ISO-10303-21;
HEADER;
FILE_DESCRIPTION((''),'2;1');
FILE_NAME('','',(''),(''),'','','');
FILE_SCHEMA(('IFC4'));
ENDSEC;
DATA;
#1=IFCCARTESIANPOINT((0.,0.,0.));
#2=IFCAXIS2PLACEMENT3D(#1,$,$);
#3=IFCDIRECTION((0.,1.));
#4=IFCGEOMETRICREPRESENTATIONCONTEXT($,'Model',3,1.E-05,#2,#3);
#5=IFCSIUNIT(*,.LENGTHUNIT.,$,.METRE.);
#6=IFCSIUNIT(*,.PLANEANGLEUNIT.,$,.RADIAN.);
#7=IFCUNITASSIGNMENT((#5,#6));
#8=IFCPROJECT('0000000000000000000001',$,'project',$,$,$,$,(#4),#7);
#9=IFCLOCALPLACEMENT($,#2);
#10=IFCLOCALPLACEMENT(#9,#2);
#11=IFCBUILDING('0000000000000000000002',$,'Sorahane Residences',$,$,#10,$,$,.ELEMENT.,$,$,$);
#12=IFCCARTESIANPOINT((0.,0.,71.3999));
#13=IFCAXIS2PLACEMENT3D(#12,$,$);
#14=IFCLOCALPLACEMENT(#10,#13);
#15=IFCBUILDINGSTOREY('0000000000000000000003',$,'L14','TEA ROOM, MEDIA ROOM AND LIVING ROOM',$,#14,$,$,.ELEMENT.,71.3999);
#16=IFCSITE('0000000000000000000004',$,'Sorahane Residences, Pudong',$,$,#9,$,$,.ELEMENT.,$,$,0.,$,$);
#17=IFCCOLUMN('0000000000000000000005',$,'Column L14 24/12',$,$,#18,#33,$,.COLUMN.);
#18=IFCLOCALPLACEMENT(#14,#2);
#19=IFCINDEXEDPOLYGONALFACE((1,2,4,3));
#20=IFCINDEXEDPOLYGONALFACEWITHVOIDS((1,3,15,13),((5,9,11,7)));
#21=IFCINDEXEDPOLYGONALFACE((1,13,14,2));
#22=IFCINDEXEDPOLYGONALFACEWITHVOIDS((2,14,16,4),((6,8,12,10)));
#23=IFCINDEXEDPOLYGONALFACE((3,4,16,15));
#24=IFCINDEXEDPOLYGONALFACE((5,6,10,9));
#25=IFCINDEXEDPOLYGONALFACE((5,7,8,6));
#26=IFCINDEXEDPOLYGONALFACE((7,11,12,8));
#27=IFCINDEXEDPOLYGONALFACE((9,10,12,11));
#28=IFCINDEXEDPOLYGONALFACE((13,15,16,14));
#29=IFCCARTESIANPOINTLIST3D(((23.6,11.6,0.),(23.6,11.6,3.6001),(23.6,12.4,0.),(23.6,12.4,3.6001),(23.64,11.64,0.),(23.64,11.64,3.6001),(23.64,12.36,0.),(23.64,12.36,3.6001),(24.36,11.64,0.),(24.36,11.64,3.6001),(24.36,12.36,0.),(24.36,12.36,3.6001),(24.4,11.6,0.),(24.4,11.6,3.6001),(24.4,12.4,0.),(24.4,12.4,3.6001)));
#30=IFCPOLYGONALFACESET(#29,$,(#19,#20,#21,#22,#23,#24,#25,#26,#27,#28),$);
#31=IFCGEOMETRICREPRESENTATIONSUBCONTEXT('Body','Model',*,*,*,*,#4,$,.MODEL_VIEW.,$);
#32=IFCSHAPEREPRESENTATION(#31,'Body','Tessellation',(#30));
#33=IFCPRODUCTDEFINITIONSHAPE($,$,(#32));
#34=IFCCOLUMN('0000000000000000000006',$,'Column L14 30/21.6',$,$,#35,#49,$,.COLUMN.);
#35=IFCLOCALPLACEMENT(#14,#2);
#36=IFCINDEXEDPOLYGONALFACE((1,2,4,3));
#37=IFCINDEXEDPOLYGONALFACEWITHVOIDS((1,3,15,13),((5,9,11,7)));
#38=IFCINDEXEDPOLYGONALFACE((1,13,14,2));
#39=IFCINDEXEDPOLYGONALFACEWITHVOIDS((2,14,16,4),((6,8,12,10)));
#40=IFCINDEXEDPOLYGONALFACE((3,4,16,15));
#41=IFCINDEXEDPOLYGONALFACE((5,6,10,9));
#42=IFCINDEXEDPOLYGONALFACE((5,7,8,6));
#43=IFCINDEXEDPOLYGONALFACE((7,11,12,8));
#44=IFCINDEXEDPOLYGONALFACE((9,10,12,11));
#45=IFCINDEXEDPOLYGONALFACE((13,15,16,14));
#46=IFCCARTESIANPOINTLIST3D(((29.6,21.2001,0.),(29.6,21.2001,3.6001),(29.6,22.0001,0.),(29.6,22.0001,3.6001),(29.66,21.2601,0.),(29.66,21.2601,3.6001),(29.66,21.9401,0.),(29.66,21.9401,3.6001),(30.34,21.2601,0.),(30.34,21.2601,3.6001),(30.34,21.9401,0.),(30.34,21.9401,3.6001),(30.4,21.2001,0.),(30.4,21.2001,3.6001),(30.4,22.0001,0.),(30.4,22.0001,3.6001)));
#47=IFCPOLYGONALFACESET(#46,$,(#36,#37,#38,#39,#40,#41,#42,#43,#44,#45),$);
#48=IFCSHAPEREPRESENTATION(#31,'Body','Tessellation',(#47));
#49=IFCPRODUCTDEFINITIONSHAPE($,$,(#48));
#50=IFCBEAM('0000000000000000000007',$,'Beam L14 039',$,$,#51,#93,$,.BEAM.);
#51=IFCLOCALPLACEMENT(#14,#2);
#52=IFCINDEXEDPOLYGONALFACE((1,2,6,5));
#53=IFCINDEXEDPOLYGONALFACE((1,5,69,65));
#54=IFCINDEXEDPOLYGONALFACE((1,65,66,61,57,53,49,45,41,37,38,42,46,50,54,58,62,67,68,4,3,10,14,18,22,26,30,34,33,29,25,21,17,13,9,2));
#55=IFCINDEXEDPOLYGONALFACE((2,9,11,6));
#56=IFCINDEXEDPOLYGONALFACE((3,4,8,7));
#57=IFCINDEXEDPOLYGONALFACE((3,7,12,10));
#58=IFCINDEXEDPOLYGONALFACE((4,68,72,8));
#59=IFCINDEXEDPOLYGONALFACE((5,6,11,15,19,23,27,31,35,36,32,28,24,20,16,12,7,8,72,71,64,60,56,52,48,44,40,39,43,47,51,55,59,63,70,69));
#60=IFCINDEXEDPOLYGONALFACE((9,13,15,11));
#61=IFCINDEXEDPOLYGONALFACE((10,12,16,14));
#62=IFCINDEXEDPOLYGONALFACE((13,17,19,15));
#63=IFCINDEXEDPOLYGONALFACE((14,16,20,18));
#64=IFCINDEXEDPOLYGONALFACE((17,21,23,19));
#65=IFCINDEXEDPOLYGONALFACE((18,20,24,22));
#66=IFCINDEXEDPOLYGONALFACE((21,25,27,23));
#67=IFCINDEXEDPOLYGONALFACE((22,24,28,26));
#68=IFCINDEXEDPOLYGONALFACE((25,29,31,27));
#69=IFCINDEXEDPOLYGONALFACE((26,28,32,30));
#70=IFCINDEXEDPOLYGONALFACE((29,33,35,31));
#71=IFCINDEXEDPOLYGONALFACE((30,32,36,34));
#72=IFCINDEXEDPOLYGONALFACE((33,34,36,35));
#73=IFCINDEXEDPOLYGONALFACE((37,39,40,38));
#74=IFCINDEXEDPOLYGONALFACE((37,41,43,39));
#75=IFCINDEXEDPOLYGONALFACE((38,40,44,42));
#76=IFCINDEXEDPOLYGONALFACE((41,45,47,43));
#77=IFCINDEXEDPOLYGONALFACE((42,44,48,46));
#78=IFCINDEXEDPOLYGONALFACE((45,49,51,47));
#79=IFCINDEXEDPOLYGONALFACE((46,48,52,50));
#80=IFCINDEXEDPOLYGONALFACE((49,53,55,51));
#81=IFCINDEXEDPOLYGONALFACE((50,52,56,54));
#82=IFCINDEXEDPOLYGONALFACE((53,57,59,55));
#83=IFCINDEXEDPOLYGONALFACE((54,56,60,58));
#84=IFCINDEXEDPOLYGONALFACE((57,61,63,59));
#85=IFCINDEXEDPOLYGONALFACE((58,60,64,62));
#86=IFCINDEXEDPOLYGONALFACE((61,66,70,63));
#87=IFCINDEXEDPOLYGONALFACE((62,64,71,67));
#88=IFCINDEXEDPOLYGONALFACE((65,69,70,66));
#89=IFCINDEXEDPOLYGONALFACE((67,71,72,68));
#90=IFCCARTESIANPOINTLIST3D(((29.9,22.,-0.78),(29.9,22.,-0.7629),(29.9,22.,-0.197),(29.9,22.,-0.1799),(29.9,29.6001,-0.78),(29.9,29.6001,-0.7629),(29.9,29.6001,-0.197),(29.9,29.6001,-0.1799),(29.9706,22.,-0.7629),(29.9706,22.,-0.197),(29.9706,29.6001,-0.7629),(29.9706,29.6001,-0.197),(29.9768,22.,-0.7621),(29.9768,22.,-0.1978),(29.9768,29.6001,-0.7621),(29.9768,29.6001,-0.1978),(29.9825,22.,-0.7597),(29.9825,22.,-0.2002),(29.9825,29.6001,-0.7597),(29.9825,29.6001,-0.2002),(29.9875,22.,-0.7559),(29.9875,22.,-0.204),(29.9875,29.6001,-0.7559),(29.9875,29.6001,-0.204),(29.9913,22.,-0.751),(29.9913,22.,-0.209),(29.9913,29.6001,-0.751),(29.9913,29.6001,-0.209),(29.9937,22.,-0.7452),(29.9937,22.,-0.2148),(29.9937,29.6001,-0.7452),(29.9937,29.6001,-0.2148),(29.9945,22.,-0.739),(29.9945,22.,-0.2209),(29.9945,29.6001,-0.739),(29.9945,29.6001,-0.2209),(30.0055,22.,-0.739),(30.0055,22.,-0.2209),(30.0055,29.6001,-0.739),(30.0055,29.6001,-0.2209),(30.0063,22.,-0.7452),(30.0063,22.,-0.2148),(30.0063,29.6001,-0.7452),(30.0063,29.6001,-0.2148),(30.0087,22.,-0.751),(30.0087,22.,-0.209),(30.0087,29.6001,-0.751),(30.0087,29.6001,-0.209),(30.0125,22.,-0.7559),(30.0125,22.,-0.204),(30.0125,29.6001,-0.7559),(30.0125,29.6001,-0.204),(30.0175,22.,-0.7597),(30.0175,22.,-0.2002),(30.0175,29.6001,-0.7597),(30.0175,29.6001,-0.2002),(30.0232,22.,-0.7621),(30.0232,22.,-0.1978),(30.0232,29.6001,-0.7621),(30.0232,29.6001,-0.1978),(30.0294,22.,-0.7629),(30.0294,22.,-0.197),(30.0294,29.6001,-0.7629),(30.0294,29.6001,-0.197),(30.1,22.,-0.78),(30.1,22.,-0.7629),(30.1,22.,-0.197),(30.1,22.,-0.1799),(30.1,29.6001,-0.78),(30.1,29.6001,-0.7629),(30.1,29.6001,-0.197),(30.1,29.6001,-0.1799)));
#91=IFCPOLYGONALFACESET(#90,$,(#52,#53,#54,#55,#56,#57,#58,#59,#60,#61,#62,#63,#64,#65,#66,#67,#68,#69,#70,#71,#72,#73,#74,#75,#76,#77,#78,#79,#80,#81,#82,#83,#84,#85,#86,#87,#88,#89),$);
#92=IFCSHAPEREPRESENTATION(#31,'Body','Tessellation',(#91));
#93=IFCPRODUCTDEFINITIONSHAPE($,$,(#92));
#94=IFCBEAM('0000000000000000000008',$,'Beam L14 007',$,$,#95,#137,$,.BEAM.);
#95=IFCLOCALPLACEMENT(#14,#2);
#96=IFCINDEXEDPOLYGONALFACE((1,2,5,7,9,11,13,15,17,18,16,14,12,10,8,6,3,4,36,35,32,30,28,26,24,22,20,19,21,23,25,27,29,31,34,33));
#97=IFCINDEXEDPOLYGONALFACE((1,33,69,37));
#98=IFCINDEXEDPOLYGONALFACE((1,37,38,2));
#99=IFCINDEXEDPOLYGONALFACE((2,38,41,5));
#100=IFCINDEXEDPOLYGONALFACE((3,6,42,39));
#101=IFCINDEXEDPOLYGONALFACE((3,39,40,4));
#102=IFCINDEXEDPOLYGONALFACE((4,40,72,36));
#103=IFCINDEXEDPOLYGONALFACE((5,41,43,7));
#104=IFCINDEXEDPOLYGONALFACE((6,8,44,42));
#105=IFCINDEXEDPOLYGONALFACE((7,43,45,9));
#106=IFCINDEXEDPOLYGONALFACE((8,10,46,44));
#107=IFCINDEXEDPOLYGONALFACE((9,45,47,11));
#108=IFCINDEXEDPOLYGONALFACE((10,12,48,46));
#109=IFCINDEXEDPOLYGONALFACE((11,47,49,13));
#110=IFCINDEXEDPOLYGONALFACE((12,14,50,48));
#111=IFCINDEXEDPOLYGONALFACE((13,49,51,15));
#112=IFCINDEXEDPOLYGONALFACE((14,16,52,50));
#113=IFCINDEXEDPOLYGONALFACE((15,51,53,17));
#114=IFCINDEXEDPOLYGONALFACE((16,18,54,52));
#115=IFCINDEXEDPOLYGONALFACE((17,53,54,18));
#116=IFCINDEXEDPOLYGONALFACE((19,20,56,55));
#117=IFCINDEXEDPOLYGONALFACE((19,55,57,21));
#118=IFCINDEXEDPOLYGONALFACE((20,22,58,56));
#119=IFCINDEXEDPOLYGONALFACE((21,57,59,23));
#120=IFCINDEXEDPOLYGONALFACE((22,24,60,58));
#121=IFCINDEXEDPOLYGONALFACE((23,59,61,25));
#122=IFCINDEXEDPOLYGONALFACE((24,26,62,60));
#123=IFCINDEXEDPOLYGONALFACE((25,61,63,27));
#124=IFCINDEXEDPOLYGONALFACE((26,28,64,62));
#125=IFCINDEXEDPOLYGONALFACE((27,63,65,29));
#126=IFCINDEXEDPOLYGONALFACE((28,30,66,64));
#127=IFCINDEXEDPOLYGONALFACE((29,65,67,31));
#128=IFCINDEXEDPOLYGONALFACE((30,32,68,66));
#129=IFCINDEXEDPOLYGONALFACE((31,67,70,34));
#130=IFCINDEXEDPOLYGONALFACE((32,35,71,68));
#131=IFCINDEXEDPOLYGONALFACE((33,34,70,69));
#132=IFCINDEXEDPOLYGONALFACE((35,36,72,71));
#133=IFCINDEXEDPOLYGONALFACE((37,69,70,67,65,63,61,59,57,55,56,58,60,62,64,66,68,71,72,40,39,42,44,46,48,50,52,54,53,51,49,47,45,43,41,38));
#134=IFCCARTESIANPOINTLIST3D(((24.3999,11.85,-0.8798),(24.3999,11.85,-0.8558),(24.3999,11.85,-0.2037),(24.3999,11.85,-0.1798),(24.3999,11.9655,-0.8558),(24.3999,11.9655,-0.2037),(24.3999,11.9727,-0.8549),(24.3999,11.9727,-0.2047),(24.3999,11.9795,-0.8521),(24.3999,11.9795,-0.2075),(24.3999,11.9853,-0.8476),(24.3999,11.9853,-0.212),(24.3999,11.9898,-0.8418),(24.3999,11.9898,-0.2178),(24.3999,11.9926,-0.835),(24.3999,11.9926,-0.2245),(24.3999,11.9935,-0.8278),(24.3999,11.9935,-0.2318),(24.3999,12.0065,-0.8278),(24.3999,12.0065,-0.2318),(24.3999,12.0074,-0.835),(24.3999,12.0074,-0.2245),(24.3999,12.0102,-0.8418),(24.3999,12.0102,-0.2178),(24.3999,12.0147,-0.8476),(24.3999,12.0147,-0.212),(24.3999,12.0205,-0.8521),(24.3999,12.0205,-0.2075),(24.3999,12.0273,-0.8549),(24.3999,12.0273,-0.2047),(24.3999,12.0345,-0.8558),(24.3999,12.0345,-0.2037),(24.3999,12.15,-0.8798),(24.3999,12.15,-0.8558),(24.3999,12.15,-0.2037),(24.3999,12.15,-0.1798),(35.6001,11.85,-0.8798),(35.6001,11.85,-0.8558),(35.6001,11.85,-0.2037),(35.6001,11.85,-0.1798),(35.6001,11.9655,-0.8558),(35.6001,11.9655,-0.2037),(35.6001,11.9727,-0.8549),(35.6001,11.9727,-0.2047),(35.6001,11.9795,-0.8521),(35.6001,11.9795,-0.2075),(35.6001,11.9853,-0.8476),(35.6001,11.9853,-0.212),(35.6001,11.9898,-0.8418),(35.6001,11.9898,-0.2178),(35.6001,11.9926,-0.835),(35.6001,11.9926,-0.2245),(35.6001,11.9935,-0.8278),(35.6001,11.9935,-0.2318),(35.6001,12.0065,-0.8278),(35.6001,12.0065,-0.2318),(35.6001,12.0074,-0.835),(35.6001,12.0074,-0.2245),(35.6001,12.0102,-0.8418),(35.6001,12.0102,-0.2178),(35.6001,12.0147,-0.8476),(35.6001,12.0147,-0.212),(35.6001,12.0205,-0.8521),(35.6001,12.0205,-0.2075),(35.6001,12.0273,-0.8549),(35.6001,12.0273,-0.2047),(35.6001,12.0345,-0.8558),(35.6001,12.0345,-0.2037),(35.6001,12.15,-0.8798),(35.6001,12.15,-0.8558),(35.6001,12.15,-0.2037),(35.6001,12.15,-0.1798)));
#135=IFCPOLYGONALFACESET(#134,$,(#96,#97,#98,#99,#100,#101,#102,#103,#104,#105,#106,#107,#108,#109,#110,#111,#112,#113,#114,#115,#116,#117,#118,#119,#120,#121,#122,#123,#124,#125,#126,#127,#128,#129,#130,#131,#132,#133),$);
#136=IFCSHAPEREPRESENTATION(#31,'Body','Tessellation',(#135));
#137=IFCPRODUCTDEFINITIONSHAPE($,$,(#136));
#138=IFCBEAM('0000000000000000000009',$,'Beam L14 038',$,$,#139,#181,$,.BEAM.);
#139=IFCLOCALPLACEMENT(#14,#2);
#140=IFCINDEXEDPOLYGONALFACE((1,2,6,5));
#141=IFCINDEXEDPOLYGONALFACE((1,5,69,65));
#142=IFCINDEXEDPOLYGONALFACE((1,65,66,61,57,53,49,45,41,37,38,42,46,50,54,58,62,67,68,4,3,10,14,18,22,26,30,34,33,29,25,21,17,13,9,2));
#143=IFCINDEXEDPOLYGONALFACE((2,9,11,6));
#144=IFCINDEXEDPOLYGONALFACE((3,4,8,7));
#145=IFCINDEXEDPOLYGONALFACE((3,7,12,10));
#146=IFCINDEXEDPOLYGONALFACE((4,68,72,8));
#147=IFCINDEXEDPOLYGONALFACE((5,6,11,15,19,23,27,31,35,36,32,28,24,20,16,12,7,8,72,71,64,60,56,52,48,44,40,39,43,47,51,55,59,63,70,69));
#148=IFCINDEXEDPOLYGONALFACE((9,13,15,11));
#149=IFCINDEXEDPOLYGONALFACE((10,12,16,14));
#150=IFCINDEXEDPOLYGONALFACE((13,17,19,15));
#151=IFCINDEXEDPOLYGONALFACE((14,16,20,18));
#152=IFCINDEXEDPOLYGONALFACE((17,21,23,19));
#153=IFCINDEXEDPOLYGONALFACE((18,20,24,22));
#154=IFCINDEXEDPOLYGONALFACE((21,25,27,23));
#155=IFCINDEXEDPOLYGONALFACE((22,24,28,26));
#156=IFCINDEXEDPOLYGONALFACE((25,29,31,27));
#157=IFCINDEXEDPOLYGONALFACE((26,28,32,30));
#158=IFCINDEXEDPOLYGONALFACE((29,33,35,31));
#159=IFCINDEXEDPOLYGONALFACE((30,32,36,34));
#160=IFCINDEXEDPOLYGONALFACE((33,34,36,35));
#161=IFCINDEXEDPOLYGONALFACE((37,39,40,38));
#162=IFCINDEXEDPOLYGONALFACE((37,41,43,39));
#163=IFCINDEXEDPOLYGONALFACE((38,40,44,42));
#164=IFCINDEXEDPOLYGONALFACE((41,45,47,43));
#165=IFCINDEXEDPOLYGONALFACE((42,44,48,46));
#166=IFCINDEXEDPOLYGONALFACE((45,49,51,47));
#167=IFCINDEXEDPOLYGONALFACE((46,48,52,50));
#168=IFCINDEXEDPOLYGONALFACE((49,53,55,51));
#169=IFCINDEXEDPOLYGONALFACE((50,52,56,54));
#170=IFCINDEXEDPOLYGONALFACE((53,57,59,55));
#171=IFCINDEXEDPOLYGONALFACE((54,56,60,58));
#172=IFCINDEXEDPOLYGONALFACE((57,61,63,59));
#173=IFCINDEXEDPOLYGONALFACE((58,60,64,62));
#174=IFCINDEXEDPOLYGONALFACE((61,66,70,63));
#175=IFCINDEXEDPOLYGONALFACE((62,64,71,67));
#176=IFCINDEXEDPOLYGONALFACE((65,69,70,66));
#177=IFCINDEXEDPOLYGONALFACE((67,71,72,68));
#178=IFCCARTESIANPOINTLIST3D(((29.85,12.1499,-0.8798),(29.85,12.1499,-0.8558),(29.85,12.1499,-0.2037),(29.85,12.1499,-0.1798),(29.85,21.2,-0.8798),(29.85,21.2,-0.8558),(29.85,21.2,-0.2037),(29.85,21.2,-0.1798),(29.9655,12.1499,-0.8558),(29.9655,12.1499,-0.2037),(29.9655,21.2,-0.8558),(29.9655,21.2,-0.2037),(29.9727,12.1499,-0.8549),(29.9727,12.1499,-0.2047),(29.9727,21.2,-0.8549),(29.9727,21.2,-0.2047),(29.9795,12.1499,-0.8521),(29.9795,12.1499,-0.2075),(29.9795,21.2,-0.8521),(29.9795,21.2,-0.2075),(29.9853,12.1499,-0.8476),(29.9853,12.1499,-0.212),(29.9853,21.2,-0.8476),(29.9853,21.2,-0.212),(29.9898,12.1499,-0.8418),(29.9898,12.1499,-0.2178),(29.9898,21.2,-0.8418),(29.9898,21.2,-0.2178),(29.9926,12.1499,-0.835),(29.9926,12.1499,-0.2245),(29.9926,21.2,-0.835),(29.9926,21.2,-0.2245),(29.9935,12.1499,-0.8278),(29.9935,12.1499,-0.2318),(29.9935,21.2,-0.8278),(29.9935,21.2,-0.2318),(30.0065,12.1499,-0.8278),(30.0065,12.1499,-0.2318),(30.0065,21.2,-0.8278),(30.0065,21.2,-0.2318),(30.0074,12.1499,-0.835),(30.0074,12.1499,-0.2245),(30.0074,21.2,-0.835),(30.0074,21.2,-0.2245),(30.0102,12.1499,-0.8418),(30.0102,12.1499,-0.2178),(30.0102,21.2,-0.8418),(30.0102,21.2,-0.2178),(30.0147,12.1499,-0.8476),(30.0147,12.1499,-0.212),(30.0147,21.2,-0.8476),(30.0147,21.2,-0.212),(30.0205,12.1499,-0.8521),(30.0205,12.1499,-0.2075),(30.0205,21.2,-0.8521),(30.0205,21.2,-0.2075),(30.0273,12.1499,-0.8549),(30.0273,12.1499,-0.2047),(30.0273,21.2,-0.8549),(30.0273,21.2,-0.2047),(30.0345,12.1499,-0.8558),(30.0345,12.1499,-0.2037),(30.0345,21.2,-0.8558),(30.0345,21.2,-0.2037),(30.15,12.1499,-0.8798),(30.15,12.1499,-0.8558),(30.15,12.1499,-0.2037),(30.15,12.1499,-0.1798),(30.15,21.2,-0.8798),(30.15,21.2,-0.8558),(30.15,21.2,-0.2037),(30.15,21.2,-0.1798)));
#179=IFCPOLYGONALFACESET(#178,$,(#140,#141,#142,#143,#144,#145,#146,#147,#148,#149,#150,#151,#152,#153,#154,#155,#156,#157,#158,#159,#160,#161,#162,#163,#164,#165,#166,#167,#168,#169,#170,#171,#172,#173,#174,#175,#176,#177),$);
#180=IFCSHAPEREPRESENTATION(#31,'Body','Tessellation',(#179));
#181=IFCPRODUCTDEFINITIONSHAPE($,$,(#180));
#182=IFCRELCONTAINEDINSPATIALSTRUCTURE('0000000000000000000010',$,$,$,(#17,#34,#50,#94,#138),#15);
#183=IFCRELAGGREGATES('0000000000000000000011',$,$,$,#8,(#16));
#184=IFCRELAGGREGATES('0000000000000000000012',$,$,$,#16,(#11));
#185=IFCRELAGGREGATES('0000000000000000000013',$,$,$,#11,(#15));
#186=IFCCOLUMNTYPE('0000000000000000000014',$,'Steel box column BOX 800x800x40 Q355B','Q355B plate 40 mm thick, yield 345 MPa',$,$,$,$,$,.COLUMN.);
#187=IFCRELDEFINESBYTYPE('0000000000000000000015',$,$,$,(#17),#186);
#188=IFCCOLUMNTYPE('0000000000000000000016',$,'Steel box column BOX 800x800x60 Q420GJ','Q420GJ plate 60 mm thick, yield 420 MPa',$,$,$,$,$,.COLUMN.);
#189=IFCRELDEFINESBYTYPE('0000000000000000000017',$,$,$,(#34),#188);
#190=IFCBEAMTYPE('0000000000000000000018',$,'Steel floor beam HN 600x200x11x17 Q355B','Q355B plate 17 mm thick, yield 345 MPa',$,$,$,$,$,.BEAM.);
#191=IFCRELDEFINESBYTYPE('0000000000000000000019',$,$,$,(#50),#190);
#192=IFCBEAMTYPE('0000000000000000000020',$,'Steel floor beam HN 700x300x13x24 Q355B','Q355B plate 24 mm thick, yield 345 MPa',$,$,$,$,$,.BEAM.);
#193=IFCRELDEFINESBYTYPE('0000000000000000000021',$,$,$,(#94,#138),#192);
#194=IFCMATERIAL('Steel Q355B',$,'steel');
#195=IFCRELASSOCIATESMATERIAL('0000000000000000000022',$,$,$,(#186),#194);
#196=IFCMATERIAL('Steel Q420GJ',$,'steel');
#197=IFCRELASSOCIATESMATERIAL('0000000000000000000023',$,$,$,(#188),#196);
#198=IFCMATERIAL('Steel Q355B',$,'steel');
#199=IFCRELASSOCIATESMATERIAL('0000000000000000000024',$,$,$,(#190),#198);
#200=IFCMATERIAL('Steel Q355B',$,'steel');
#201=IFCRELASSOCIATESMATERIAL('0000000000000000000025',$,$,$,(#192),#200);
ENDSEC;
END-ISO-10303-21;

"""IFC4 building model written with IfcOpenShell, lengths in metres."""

from ifc_helpers import new_model, si_unit, direction, frame, origin, origin_2d, place, context, subcontext, project, spatial, hollow_rectangle, i_section, extrude, material, material_profile, profile_set, type_object, element, save


model = new_model("IFC4")

# Units and contexts
model_context = context("Model", 3, precision=1e-05, world=origin(), true_north=direction((0.0, 1.0)))
body_context = subcontext(model_context, "Body", "Model", "MODEL_VIEW")
ifc_project = project(units=[si_unit("LENGTHUNIT", "METRE"), si_unit("PLANEANGLEUNIT", "RADIAN")], contexts=[model_context])

# Site, building, storey
site_placement = place(None, origin())
site = spatial("IfcSite", under=ifc_project, at=site_placement, Name="Sorahane Residences, Pudong", CompositionType="ELEMENT", RefElevation=0.0)
building_placement = place(site_placement, origin())
building = spatial("IfcBuilding", under=site, at=building_placement, Name="Sorahane Residences", CompositionType="ELEMENT")
storey_placement = place(building_placement, frame((0.0, 0.0, 71.3999)))
storey = spatial("IfcBuildingStorey", under=building, at=storey_placement, Name="L14", Description="TEA ROOM, MEDIA ROOM AND LIVING ROOM", CompositionType="ELEMENT", Elevation=71.3999)

# Columns
ifc_material_1 = material(Name="Steel Q355B", Category="steel")
ifc_material_profile_1 = material_profile(ifc_material_1, hollow_rectangle(XDim=0.8, YDim=0.8, WallThickness=0.04, at=origin_2d()), Name="BOX 800x800x40")
ifc_profile_set_1 = profile_set([ifc_material_profile_1], Name="Steel Q355B")
column_type_1 = type_object("IfcColumnType", Name="Steel box column BOX 800x800x40 Q355B", Description="Q355B plate 40 mm thick, yield 345 MPa", PredefinedType="COLUMN", material=ifc_profile_set_1)
column_1_placement = place(storey_placement, frame((24.0, 12.0, 0.0), z_axis=(0.0, 0.0, 1.0), x_axis=(1.0, 0.0, 0.0)))
element("IfcColumn", 1, at=column_1_placement, inside=storey, type_object=column_type_1, Name="Column L14 24/12", PredefinedType="COLUMN", context=body_context, shape_type="SweptSolid", body=[
    extrude(hollow_rectangle(XDim=0.8, YDim=0.8, WallThickness=0.04, at=origin_2d()), origin(), (0.0, 0.0, 1.0), 3.6001),
])
ifc_material_2 = material(Name="Steel Q420GJ", Category="steel")
ifc_material_profile_2 = material_profile(ifc_material_2, hollow_rectangle(XDim=0.8, YDim=0.8, WallThickness=0.0601, at=origin_2d()), Name="BOX 800x800x60")
ifc_profile_set_2 = profile_set([ifc_material_profile_2], Name="Steel Q420GJ")
column_type_2 = type_object("IfcColumnType", Name="Steel box column BOX 800x800x60 Q420GJ", Description="Q420GJ plate 60 mm thick, yield 420 MPa", PredefinedType="COLUMN", material=ifc_profile_set_2)
column_2_placement = place(storey_placement, frame((30.0, 21.6001, 0.0), z_axis=(0.0, 0.0, 1.0), x_axis=(1.0, 0.0, 0.0)))
element("IfcColumn", 2, at=column_2_placement, inside=storey, type_object=column_type_2, Name="Column L14 30/21.6", PredefinedType="COLUMN", context=body_context, shape_type="SweptSolid", body=[
    extrude(hollow_rectangle(XDim=0.8, YDim=0.8, WallThickness=0.0601, at=origin_2d()), origin(), (0.0, 0.0, 1.0), 3.6001),
])

# Beams
ifc_material_3 = material(Name="Steel Q355B", Category="steel")
ifc_material_profile_3 = material_profile(ifc_material_3, i_section(OverallWidth=0.2, OverallDepth=0.6001, WebThickness=0.011, FlangeThickness=0.0171, FilletRadius=0.0239, at=origin_2d()), Name="HN 600x200x11x17")
ifc_profile_set_3 = profile_set([ifc_material_profile_3], Name="Steel Q355B")
beam_type_1 = type_object("IfcBeamType", Name="Steel floor beam HN 600x200x11x17 Q355B", Description="Q355B plate 17 mm thick, yield 345 MPa", PredefinedType="BEAM", material=ifc_profile_set_3)
beam_1_placement = place(storey_placement, frame((30.0, 22.0, -0.48), z_axis=(0.0, 1.0, 0.0), x_axis=(-1.0, 0.0, 0.0)))
element("IfcBeam", 3, at=beam_1_placement, inside=storey, type_object=beam_type_1, Name="Beam L14 039", PredefinedType="BEAM", context=body_context, shape_type="SweptSolid", body=[
    extrude(i_section(OverallWidth=0.2, OverallDepth=0.6001, WebThickness=0.011, FlangeThickness=0.0171, FilletRadius=0.0239, at=origin_2d()), origin(), (0.0, 0.0, 1.0), 7.6001),
])
ifc_material_4 = material(Name="Steel Q355B", Category="steel")
ifc_material_profile_4 = material_profile(ifc_material_4, i_section(OverallWidth=0.3, OverallDepth=0.7, WebThickness=0.0129, FlangeThickness=0.0239, FilletRadius=0.0281, at=origin_2d()), Name="HN 700x300x13x24")
ifc_profile_set_4 = profile_set([ifc_material_profile_4], Name="Steel Q355B")
beam_type_2 = type_object("IfcBeamType", Name="Steel floor beam HN 700x300x13x24 Q355B", Description="Q355B plate 24 mm thick, yield 345 MPa", PredefinedType="BEAM", material=ifc_profile_set_4)
beam_2_placement = place(storey_placement, frame((24.3999, 12.0, -0.5298), z_axis=(1.0, 0.0, 0.0), x_axis=(0.0, 1.0, 0.0)))
element("IfcBeam", 4, at=beam_2_placement, inside=storey, type_object=beam_type_2, Name="Beam L14 007", PredefinedType="BEAM", context=body_context, shape_type="SweptSolid", body=[
    extrude(i_section(OverallWidth=0.3, OverallDepth=0.7, WebThickness=0.0129, FlangeThickness=0.0239, FilletRadius=0.0281, at=origin_2d()), origin(), (0.0, 0.0, 1.0), 11.2002),
])
beam_3_placement = place(storey_placement, frame((30.0, 12.1499, -0.5298), z_axis=(0.0, 1.0, 0.0), x_axis=(-1.0, 0.0, 0.0)))
element("IfcBeam", 5, at=beam_3_placement, inside=storey, type_object=beam_type_2, Name="Beam L14 038", PredefinedType="BEAM", context=body_context, shape_type="SweptSolid", body=[
    extrude(i_section(OverallWidth=0.3, OverallDepth=0.7, WebThickness=0.0129, FlangeThickness=0.0239, FilletRadius=0.0281, at=origin_2d()), origin(), (0.0, 0.0, 1.0), 9.05),
])

save(model, "model.ifc")
